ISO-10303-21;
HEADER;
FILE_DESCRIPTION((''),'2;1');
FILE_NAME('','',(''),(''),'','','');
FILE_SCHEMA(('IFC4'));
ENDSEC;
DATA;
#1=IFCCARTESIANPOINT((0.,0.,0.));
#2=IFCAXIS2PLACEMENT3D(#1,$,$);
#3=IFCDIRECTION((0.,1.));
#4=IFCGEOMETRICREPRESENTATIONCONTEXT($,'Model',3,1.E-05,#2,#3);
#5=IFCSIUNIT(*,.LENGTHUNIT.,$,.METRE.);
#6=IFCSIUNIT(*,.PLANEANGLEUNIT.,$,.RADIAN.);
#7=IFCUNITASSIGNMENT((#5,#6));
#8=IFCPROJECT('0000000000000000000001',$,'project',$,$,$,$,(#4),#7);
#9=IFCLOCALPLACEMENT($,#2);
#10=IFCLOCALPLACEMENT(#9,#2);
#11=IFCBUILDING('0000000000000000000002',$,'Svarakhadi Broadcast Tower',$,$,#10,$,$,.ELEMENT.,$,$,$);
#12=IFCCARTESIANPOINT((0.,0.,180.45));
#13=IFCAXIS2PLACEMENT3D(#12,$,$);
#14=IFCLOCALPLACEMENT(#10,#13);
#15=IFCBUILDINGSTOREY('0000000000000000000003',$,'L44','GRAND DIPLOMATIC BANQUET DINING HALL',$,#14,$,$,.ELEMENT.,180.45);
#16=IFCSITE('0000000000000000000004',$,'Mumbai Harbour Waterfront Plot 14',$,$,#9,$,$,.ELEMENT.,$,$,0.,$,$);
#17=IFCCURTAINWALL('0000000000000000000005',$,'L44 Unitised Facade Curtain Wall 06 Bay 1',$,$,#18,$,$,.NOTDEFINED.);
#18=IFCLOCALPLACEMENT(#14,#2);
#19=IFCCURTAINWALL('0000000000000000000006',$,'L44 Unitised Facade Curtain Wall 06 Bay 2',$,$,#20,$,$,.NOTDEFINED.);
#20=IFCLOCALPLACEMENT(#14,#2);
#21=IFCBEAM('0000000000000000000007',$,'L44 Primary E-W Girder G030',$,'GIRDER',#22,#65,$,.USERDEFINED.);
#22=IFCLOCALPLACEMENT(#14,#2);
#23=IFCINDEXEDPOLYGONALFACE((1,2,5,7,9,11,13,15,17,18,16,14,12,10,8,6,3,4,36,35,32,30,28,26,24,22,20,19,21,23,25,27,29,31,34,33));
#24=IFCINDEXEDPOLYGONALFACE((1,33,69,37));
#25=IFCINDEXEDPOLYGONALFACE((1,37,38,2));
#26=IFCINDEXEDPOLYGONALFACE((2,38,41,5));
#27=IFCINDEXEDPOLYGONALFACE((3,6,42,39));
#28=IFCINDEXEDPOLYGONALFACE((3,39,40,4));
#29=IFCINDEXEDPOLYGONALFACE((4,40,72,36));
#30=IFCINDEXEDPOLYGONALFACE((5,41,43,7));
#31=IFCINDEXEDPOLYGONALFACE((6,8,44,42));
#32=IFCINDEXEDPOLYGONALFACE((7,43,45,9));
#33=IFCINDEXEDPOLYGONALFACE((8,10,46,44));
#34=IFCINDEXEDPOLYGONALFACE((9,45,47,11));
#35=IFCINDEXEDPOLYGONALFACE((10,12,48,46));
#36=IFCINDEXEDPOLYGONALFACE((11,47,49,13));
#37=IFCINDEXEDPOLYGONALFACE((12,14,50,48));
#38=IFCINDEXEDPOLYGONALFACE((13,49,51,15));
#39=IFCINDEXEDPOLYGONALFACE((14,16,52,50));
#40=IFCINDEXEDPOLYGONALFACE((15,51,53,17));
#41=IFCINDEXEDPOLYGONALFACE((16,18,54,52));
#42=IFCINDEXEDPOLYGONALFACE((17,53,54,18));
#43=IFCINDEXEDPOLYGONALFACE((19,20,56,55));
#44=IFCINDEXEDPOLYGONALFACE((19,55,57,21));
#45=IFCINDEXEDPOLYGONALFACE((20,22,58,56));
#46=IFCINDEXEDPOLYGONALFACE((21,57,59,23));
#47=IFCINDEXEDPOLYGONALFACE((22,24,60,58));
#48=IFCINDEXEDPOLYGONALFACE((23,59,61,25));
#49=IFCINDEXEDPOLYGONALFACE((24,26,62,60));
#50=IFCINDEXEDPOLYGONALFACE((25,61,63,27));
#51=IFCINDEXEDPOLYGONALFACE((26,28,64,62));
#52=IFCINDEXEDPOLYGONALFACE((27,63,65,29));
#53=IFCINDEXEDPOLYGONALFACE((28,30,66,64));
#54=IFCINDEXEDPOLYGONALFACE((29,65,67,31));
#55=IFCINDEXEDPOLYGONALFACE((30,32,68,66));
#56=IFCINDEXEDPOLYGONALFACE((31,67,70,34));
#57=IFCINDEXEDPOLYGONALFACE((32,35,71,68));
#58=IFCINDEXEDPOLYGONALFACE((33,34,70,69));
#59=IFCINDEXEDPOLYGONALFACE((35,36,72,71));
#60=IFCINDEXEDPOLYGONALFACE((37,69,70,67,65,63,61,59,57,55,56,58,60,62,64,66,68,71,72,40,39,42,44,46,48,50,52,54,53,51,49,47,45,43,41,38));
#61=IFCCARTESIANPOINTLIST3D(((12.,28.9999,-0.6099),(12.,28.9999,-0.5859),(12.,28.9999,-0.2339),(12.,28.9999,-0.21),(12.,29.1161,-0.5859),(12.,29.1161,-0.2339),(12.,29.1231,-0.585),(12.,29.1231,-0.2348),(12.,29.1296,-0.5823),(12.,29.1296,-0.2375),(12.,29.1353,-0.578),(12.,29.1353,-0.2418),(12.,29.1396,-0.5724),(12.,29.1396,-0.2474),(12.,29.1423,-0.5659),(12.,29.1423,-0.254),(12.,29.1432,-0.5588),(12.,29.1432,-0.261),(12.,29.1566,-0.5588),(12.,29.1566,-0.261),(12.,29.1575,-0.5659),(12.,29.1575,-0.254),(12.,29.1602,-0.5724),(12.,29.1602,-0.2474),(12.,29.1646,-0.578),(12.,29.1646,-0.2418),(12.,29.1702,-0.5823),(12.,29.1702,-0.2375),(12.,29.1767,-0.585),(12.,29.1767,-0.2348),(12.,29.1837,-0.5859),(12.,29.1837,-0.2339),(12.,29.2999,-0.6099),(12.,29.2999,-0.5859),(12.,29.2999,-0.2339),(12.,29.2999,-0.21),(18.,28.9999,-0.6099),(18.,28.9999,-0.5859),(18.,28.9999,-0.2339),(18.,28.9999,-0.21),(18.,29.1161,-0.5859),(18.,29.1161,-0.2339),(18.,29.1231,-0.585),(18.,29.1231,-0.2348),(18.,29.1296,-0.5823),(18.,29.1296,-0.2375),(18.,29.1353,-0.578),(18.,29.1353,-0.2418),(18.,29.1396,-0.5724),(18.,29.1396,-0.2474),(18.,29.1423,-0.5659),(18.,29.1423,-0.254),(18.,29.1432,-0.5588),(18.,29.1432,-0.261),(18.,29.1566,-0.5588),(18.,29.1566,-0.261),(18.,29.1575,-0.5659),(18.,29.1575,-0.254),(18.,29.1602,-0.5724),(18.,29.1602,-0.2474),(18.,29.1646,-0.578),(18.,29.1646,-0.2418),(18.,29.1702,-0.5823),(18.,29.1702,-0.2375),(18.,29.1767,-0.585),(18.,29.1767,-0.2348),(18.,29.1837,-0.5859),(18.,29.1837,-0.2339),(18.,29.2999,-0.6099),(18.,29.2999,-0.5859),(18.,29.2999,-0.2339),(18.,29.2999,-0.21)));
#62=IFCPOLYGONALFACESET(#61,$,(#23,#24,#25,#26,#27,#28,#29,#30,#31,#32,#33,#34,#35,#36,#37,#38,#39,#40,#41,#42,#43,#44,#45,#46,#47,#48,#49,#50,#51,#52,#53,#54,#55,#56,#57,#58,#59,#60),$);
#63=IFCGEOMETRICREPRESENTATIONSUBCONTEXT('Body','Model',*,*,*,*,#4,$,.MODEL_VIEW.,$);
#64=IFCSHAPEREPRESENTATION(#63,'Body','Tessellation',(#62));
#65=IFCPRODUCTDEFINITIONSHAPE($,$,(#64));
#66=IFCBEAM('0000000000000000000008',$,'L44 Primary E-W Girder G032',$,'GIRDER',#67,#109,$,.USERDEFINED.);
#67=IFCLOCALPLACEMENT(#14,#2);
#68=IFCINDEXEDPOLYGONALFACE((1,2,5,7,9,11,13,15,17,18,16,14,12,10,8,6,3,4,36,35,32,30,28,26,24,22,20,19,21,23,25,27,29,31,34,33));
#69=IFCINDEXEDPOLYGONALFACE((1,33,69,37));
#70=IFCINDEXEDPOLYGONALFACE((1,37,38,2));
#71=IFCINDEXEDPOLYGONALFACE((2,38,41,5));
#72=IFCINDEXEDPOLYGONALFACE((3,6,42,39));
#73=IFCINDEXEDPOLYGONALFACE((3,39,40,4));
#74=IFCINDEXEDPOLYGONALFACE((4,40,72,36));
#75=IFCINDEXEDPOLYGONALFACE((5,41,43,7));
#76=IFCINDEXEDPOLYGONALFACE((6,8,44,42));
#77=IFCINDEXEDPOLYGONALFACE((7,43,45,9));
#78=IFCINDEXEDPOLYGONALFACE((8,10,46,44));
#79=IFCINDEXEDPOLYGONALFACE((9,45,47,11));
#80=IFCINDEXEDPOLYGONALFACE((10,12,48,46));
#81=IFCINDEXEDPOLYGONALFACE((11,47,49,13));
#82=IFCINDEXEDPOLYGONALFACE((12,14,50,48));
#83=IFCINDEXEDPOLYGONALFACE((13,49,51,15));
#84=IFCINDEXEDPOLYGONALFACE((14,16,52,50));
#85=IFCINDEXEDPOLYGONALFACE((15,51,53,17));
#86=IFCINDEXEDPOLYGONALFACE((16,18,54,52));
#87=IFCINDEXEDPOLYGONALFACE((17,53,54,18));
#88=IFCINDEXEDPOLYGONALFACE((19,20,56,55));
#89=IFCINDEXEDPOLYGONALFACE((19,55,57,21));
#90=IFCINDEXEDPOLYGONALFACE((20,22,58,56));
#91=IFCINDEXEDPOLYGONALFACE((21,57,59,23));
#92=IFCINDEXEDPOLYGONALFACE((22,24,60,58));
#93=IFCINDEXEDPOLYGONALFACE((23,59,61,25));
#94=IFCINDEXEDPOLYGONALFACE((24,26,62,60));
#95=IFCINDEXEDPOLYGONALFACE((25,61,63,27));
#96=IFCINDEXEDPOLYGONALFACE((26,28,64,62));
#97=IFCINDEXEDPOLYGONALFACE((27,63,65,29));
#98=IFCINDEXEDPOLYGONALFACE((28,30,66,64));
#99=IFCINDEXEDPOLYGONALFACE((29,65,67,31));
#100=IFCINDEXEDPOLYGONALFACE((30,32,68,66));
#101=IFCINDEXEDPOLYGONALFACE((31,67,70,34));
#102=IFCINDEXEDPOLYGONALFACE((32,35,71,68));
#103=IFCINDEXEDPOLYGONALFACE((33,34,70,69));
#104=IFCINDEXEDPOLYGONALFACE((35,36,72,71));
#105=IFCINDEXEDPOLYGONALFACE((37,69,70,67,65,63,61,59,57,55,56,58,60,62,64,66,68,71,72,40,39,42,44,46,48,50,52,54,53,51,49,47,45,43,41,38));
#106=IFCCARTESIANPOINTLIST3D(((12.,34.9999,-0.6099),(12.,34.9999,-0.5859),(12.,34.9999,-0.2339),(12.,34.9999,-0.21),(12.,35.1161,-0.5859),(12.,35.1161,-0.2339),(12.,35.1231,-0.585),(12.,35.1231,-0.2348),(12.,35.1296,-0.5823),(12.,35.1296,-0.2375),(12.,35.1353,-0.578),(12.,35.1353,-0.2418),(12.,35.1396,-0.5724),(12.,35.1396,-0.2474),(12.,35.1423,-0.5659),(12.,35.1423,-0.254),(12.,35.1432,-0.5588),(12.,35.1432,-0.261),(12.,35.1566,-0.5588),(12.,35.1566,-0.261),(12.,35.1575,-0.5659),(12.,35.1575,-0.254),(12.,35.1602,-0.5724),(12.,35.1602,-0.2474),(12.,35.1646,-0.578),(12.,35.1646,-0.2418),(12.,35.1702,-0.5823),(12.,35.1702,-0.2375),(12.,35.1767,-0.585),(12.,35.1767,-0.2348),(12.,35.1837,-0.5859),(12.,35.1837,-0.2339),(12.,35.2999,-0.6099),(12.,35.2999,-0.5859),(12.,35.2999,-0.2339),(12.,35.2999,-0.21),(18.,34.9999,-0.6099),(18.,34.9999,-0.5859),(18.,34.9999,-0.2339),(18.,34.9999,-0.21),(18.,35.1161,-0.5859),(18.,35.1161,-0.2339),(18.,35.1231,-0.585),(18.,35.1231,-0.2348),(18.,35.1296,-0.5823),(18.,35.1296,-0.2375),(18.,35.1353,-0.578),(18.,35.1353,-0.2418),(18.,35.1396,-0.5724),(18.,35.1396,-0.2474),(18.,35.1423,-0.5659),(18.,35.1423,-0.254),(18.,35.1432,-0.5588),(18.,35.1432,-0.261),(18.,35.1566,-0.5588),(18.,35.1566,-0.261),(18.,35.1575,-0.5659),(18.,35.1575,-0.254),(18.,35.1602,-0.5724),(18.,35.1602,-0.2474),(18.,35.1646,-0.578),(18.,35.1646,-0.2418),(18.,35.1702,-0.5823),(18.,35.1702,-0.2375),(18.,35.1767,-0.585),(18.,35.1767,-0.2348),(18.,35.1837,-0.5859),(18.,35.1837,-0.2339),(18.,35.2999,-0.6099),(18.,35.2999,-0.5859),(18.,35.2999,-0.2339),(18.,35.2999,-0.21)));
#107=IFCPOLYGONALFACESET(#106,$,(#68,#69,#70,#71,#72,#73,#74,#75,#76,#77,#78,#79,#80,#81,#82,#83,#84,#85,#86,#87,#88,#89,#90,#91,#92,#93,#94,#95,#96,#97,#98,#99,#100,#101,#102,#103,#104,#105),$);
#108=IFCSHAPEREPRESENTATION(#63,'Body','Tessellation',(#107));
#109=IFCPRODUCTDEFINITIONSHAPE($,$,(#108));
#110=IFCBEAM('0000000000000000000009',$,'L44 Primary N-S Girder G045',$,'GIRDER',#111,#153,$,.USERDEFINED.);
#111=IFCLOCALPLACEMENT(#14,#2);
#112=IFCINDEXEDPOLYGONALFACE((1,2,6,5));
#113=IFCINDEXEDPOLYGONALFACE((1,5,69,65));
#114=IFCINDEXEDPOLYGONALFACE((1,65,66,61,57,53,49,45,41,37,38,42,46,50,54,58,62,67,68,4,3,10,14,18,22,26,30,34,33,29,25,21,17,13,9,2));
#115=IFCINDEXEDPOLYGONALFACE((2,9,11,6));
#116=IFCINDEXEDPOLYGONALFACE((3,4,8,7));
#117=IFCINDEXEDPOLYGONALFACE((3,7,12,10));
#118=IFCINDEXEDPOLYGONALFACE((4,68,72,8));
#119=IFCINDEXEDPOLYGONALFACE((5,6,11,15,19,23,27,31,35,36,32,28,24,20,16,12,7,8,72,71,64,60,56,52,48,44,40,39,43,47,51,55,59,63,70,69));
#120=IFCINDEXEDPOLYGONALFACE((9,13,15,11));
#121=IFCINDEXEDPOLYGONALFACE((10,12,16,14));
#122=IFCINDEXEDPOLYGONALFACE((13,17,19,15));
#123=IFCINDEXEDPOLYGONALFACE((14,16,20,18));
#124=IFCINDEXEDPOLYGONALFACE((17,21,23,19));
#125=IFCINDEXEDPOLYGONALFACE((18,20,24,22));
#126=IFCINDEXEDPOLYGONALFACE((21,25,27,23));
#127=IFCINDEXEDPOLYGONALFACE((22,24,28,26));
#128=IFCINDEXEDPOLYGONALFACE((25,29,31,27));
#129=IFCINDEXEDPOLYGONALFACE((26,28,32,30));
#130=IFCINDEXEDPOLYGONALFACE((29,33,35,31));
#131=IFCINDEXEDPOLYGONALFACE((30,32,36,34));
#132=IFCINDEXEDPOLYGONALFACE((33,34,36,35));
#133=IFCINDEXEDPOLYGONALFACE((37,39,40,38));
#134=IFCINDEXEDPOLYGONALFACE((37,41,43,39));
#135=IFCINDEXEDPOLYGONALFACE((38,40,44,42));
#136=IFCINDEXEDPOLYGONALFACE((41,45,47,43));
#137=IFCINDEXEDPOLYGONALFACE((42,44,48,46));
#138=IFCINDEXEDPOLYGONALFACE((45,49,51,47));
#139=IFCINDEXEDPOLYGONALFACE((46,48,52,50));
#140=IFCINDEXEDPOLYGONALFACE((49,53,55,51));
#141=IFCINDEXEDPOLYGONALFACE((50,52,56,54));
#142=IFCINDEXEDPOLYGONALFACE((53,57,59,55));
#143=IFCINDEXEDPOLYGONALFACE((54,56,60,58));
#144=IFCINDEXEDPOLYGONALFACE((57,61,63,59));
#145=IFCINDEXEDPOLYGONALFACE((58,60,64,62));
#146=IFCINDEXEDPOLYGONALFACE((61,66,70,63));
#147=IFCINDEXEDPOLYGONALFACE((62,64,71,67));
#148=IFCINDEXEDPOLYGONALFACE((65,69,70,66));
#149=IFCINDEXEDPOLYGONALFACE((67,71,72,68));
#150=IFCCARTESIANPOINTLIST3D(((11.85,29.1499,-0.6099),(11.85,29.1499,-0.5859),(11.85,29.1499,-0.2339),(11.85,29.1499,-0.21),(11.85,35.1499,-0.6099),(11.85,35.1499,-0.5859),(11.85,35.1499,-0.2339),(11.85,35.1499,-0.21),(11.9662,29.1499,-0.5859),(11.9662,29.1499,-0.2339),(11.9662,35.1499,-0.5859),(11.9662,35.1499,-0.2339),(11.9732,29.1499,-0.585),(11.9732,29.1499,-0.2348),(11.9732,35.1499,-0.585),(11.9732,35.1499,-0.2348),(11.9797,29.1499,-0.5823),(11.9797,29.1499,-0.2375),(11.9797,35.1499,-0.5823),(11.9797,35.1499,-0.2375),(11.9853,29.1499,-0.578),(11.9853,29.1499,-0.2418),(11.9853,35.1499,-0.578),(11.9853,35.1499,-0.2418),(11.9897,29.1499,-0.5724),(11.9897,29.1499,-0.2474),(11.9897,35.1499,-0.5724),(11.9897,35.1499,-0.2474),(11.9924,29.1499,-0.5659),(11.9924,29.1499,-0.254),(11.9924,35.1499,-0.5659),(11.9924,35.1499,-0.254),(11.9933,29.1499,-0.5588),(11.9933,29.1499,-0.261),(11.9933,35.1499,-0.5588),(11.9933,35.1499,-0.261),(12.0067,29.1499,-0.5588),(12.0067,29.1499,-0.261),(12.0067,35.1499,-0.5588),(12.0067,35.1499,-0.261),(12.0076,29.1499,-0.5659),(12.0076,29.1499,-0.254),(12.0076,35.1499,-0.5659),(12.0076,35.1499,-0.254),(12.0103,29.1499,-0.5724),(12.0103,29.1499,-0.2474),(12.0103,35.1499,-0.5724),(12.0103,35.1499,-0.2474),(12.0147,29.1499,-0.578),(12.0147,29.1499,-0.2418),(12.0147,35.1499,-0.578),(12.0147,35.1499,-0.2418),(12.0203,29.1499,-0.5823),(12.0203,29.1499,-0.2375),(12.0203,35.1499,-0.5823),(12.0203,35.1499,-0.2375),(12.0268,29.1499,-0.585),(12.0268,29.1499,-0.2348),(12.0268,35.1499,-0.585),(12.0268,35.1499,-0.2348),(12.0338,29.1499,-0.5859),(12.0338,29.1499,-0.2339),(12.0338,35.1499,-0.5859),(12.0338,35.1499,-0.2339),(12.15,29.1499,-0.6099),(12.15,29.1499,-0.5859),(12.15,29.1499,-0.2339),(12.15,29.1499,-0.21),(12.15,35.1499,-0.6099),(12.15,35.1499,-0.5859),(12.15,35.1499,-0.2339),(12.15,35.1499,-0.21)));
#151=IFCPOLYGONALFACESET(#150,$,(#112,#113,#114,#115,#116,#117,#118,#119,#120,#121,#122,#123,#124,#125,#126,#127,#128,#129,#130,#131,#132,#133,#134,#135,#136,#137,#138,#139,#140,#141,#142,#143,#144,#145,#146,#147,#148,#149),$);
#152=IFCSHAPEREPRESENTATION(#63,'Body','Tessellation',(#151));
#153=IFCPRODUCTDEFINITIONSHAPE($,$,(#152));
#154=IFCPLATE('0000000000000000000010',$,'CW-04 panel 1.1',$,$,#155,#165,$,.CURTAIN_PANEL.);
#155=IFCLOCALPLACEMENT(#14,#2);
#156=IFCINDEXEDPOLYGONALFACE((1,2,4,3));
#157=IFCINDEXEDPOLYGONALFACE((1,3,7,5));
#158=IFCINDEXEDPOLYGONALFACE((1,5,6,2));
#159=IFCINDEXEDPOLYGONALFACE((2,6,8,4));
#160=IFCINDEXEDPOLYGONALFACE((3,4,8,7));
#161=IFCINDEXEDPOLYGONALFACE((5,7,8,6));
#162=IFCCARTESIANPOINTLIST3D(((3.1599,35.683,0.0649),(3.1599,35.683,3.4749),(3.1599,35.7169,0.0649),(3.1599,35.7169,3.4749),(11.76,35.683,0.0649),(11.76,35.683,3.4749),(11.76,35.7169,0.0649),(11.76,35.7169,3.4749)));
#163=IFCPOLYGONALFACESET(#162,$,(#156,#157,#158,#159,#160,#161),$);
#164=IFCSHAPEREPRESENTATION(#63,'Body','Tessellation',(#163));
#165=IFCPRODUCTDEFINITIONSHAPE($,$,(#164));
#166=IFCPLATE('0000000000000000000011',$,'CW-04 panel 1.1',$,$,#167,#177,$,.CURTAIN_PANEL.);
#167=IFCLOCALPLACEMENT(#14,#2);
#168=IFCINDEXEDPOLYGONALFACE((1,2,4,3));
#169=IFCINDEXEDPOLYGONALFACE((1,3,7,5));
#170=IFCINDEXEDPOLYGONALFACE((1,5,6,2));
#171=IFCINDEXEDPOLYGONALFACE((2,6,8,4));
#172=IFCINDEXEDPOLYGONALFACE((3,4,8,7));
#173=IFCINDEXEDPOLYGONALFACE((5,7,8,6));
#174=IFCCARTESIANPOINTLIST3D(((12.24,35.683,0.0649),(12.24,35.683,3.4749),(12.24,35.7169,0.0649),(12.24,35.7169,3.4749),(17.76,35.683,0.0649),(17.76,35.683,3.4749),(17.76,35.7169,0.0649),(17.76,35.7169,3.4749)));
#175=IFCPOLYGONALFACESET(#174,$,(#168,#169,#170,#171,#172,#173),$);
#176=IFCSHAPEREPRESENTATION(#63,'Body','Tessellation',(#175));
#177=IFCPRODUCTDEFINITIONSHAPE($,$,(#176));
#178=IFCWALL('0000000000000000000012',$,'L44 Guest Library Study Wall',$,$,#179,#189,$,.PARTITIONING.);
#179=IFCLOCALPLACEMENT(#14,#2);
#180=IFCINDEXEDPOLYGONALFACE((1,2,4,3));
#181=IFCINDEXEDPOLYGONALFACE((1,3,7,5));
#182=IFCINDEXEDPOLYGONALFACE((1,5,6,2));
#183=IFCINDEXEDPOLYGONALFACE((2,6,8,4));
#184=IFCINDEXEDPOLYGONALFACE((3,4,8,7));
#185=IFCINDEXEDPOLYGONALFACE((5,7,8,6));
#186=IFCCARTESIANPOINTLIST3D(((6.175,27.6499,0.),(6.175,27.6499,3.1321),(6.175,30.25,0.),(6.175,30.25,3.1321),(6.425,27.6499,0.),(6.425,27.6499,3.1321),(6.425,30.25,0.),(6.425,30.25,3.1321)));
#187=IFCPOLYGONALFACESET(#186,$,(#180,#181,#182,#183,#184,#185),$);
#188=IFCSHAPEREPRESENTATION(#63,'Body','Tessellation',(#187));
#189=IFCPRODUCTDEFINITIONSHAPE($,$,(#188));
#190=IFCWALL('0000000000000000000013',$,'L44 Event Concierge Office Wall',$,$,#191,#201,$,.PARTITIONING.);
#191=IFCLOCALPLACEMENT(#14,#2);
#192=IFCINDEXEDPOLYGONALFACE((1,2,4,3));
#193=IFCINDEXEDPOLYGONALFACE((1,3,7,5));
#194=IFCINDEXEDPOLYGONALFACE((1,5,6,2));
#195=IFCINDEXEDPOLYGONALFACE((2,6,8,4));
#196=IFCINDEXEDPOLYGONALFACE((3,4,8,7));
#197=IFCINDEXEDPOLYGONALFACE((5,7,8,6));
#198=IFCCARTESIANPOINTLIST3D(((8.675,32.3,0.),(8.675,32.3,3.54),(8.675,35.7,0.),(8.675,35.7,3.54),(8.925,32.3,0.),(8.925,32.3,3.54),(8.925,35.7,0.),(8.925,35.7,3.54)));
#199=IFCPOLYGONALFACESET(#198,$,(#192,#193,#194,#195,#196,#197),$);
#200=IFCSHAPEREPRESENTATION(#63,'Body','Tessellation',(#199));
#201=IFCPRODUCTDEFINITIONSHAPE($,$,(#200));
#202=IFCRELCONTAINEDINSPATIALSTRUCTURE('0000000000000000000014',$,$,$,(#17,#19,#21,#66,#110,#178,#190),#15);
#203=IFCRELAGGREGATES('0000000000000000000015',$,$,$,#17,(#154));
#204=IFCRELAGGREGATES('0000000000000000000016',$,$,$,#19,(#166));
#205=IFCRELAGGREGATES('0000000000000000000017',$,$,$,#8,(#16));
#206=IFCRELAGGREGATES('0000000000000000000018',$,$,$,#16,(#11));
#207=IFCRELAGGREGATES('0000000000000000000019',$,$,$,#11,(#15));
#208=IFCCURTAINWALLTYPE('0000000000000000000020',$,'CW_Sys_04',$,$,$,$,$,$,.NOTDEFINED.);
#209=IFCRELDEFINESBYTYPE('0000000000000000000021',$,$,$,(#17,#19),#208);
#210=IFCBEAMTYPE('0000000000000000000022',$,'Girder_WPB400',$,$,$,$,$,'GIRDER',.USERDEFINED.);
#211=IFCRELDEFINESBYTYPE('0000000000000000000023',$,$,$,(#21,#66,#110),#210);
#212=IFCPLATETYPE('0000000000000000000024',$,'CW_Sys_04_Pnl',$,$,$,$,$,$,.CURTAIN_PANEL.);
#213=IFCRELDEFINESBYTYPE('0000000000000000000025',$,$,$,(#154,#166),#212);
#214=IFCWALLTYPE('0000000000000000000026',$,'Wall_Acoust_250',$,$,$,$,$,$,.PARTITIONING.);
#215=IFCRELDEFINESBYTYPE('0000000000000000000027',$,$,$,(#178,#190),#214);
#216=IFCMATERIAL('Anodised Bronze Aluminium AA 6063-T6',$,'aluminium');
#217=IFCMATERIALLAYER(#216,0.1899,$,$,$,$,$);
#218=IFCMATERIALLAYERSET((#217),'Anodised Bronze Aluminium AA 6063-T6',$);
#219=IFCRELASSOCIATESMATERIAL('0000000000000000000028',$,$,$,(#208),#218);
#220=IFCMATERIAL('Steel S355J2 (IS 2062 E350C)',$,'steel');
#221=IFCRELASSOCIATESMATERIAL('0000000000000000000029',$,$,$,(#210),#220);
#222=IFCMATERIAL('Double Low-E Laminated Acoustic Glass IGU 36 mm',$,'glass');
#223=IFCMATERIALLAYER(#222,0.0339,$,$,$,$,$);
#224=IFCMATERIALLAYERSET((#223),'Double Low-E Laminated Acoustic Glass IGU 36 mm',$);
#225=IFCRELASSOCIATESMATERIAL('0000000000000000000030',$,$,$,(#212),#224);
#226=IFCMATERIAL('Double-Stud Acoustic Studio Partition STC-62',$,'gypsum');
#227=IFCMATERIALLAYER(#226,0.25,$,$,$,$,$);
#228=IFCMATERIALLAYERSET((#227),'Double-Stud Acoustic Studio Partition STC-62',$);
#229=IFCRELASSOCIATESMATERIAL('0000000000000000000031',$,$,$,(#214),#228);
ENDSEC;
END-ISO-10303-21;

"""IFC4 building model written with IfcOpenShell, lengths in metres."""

from ifc_helpers import new_model, si_unit, direction, frame, frame_2d, origin, origin_2d, place, context, subcontext, project, spatial, rectangle, i_section, extrude, material, layer, layer_set, material_profile, profile_set, type_object, element, aggregate, save


model = new_model("IFC4")

# Units and contexts
model_context = context("Model", 3, precision=1e-05, world=origin(), true_north=direction((0.0, 1.0)))
body_context = subcontext(model_context, "Body", "Model", "MODEL_VIEW")
ifc_project = project(units=[si_unit("LENGTHUNIT", "METRE"), si_unit("PLANEANGLEUNIT", "RADIAN")], contexts=[model_context])

# Site, building, storey
site_placement = place(None, origin())
site = spatial("IfcSite", under=ifc_project, at=site_placement, Name="Mumbai Harbour Waterfront Plot 14", CompositionType="ELEMENT", RefElevation=0.0)
building_placement = place(site_placement, origin())
building = spatial("IfcBuilding", under=site, at=building_placement, Name="Svarakhadi Broadcast Tower", CompositionType="ELEMENT")
storey_placement = place(building_placement, frame((0.0, 0.0, 180.45)))
storey = spatial("IfcBuildingStorey", under=building, at=storey_placement, Name="L44", Description="GRAND DIPLOMATIC BANQUET DINING HALL", CompositionType="ELEMENT", Elevation=180.45)

# Shared definitions
ifc_material_1 = material(Name="Steel S355J2 (IS 2062 E350C)", Category="steel")

# Curtain wall
ifc_material_2 = material(Name="Anodised Bronze Aluminium AA 6063-T6", Category="aluminium")
ifc_layer_1 = layer(ifc_material_2, 0.1899)
ifc_layer_set_1 = layer_set([ifc_layer_1], Name="Anodised Bronze Aluminium AA 6063-T6")
curtain_wall_type = type_object("IfcCurtainWallType", Name="CW_Sys_04", PredefinedType="NOTDEFINED", material=ifc_layer_set_1)
curtain_wall_1_placement = place(storey_placement, origin())
curtain_wall_1 = element("IfcCurtainWall", 1, at=curtain_wall_1_placement, inside=storey, type_object=curtain_wall_type, Name="L44 Unitised Facade Curtain Wall 06 Bay 1", PredefinedType="NOTDEFINED")

# Curtain wall
curtain_wall_2_placement = place(storey_placement, origin())
curtain_wall_2 = element("IfcCurtainWall", 2, at=curtain_wall_2_placement, inside=storey, type_object=curtain_wall_type, Name="L44 Unitised Facade Curtain Wall 06 Bay 2", PredefinedType="NOTDEFINED")

# Beams
ifc_material_profile_1 = material_profile(ifc_material_1, i_section(OverallWidth=0.3, OverallDepth=0.3999, WebThickness=0.0134, FlangeThickness=0.0239, FilletRadius=0.0271, at=origin_2d()), Name="WPB 400x300x155")
ifc_profile_set_1 = profile_set([ifc_material_profile_1], Name="Steel S355J2 (IS 2062 E350C)")
beam_type_1 = type_object("IfcBeamType", Name="Girder_WPB400", ElementType="GIRDER", PredefinedType="USERDEFINED", material=ifc_profile_set_1)
for number, where, z_axis, x_axis, name in (
    (3, (12.0, 29.1499, -0.4099), (1.0, 0.0, 0.0), (0.0, 1.0, 0.0), "L44 Primary E-W Girder G030"),
    (4, (12.0, 35.1499, -0.4099), (1.0, 0.0, 0.0), (0.0, 1.0, 0.0), "L44 Primary E-W Girder G032"),
    (5, (12.0, 29.1499, -0.4099), (0.0, 1.0, 0.0), (-1.0, 0.0, 0.0), "L44 Primary N-S Girder G045"),
):
    element("IfcBeam", number, at=place(storey_placement, frame(where, z_axis=z_axis, x_axis=x_axis)), inside=storey, type_object=beam_type_1, Name=name, ObjectType="GIRDER", PredefinedType="USERDEFINED", context=body_context, shape_type="SweptSolid", body=[
        extrude(i_section(OverallWidth=0.3, OverallDepth=0.3999, WebThickness=0.0134, FlangeThickness=0.0239, FilletRadius=0.0271, at=origin_2d()), origin(), (0.0, 0.0, 1.0), 6.0),
    ])

# Plates
ifc_material_3 = material(Name="Double Low-E Laminated Acoustic Glass IGU 36 mm", Category="glass")
ifc_layer_2 = layer(ifc_material_3, 0.0339)
ifc_layer_set_2 = layer_set([ifc_layer_2], Name="Double Low-E Laminated Acoustic Glass IGU 36 mm")
plate_type = type_object("IfcPlateType", Name="CW_Sys_04_Pnl", PredefinedType="CURTAIN_PANEL", material=ifc_layer_set_2)
plate_1_placement = place(storey_placement, frame((7.46, 35.7, 0.0649), z_axis=(0.0, 0.0, 1.0), x_axis=(1.0, 0.0, 0.0)))
plate_1 = element("IfcPlate", 6, at=plate_1_placement, type_object=plate_type, Name="CW-04 panel 1.1", PredefinedType="CURTAIN_PANEL", context=body_context, shape_type="SweptSolid", body=[
    extrude(rectangle(XDim=8.6001, YDim=0.0339, at=origin_2d()), origin(), (0.0, 0.0, 1.0), 3.4099),
])
aggregate(curtain_wall_1, [plate_1])
plate_2_placement = place(storey_placement, frame((15.0, 35.7, 0.0649), z_axis=(0.0, 0.0, 1.0), x_axis=(1.0, 0.0, 0.0)))
plate_2 = element("IfcPlate", 7, at=plate_2_placement, type_object=plate_type, Name="CW-04 panel 1.1", PredefinedType="CURTAIN_PANEL", context=body_context, shape_type="SweptSolid", body=[
    extrude(rectangle(XDim=5.52, YDim=0.0339, at=origin_2d()), origin(), (0.0, 0.0, 1.0), 3.4099),
])
aggregate(curtain_wall_2, [plate_2])

# Walls
ifc_material_4 = material(Name="Double-Stud Acoustic Studio Partition STC-62", Category="gypsum")
ifc_layer_3 = layer(ifc_material_4, 0.25)
ifc_layer_set_3 = layer_set([ifc_layer_3], Name="Double-Stud Acoustic Studio Partition STC-62")
wall_type_1 = type_object("IfcWallType", Name="Wall_Acoust_250", PredefinedType="PARTITIONING", material=ifc_layer_set_3)
wall_1_placement = place(storey_placement, frame((6.3, 27.6499, 0.0), z_axis=(0.0, 0.0, 1.0), x_axis=(0.0, 1.0, 0.0)))
element("IfcWall", 8, at=wall_1_placement, inside=storey, type_object=wall_type_1, Name="L44 Guest Library Study Wall", PredefinedType="PARTITIONING", context=body_context, shape_type="SweptSolid", body=[
    extrude(rectangle(XDim=2.6001, YDim=0.25, at=frame_2d((1.3, 0.0))), origin(), (0.0, 0.0, 1.0), 3.1321),
])
wall_2_placement = place(storey_placement, frame((8.8, 32.3, 0.0), z_axis=(0.0, 0.0, 1.0), x_axis=(0.0, 1.0, 0.0)))
element("IfcWall", 9, at=wall_2_placement, inside=storey, type_object=wall_type_1, Name="L44 Event Concierge Office Wall", PredefinedType="PARTITIONING", context=body_context, shape_type="SweptSolid", body=[
    extrude(rectangle(XDim=3.3999, YDim=0.25, at=frame_2d((1.7, 0.0))), origin(), (0.0, 0.0, 1.0), 3.54),
])

save(model, "model.ifc")
